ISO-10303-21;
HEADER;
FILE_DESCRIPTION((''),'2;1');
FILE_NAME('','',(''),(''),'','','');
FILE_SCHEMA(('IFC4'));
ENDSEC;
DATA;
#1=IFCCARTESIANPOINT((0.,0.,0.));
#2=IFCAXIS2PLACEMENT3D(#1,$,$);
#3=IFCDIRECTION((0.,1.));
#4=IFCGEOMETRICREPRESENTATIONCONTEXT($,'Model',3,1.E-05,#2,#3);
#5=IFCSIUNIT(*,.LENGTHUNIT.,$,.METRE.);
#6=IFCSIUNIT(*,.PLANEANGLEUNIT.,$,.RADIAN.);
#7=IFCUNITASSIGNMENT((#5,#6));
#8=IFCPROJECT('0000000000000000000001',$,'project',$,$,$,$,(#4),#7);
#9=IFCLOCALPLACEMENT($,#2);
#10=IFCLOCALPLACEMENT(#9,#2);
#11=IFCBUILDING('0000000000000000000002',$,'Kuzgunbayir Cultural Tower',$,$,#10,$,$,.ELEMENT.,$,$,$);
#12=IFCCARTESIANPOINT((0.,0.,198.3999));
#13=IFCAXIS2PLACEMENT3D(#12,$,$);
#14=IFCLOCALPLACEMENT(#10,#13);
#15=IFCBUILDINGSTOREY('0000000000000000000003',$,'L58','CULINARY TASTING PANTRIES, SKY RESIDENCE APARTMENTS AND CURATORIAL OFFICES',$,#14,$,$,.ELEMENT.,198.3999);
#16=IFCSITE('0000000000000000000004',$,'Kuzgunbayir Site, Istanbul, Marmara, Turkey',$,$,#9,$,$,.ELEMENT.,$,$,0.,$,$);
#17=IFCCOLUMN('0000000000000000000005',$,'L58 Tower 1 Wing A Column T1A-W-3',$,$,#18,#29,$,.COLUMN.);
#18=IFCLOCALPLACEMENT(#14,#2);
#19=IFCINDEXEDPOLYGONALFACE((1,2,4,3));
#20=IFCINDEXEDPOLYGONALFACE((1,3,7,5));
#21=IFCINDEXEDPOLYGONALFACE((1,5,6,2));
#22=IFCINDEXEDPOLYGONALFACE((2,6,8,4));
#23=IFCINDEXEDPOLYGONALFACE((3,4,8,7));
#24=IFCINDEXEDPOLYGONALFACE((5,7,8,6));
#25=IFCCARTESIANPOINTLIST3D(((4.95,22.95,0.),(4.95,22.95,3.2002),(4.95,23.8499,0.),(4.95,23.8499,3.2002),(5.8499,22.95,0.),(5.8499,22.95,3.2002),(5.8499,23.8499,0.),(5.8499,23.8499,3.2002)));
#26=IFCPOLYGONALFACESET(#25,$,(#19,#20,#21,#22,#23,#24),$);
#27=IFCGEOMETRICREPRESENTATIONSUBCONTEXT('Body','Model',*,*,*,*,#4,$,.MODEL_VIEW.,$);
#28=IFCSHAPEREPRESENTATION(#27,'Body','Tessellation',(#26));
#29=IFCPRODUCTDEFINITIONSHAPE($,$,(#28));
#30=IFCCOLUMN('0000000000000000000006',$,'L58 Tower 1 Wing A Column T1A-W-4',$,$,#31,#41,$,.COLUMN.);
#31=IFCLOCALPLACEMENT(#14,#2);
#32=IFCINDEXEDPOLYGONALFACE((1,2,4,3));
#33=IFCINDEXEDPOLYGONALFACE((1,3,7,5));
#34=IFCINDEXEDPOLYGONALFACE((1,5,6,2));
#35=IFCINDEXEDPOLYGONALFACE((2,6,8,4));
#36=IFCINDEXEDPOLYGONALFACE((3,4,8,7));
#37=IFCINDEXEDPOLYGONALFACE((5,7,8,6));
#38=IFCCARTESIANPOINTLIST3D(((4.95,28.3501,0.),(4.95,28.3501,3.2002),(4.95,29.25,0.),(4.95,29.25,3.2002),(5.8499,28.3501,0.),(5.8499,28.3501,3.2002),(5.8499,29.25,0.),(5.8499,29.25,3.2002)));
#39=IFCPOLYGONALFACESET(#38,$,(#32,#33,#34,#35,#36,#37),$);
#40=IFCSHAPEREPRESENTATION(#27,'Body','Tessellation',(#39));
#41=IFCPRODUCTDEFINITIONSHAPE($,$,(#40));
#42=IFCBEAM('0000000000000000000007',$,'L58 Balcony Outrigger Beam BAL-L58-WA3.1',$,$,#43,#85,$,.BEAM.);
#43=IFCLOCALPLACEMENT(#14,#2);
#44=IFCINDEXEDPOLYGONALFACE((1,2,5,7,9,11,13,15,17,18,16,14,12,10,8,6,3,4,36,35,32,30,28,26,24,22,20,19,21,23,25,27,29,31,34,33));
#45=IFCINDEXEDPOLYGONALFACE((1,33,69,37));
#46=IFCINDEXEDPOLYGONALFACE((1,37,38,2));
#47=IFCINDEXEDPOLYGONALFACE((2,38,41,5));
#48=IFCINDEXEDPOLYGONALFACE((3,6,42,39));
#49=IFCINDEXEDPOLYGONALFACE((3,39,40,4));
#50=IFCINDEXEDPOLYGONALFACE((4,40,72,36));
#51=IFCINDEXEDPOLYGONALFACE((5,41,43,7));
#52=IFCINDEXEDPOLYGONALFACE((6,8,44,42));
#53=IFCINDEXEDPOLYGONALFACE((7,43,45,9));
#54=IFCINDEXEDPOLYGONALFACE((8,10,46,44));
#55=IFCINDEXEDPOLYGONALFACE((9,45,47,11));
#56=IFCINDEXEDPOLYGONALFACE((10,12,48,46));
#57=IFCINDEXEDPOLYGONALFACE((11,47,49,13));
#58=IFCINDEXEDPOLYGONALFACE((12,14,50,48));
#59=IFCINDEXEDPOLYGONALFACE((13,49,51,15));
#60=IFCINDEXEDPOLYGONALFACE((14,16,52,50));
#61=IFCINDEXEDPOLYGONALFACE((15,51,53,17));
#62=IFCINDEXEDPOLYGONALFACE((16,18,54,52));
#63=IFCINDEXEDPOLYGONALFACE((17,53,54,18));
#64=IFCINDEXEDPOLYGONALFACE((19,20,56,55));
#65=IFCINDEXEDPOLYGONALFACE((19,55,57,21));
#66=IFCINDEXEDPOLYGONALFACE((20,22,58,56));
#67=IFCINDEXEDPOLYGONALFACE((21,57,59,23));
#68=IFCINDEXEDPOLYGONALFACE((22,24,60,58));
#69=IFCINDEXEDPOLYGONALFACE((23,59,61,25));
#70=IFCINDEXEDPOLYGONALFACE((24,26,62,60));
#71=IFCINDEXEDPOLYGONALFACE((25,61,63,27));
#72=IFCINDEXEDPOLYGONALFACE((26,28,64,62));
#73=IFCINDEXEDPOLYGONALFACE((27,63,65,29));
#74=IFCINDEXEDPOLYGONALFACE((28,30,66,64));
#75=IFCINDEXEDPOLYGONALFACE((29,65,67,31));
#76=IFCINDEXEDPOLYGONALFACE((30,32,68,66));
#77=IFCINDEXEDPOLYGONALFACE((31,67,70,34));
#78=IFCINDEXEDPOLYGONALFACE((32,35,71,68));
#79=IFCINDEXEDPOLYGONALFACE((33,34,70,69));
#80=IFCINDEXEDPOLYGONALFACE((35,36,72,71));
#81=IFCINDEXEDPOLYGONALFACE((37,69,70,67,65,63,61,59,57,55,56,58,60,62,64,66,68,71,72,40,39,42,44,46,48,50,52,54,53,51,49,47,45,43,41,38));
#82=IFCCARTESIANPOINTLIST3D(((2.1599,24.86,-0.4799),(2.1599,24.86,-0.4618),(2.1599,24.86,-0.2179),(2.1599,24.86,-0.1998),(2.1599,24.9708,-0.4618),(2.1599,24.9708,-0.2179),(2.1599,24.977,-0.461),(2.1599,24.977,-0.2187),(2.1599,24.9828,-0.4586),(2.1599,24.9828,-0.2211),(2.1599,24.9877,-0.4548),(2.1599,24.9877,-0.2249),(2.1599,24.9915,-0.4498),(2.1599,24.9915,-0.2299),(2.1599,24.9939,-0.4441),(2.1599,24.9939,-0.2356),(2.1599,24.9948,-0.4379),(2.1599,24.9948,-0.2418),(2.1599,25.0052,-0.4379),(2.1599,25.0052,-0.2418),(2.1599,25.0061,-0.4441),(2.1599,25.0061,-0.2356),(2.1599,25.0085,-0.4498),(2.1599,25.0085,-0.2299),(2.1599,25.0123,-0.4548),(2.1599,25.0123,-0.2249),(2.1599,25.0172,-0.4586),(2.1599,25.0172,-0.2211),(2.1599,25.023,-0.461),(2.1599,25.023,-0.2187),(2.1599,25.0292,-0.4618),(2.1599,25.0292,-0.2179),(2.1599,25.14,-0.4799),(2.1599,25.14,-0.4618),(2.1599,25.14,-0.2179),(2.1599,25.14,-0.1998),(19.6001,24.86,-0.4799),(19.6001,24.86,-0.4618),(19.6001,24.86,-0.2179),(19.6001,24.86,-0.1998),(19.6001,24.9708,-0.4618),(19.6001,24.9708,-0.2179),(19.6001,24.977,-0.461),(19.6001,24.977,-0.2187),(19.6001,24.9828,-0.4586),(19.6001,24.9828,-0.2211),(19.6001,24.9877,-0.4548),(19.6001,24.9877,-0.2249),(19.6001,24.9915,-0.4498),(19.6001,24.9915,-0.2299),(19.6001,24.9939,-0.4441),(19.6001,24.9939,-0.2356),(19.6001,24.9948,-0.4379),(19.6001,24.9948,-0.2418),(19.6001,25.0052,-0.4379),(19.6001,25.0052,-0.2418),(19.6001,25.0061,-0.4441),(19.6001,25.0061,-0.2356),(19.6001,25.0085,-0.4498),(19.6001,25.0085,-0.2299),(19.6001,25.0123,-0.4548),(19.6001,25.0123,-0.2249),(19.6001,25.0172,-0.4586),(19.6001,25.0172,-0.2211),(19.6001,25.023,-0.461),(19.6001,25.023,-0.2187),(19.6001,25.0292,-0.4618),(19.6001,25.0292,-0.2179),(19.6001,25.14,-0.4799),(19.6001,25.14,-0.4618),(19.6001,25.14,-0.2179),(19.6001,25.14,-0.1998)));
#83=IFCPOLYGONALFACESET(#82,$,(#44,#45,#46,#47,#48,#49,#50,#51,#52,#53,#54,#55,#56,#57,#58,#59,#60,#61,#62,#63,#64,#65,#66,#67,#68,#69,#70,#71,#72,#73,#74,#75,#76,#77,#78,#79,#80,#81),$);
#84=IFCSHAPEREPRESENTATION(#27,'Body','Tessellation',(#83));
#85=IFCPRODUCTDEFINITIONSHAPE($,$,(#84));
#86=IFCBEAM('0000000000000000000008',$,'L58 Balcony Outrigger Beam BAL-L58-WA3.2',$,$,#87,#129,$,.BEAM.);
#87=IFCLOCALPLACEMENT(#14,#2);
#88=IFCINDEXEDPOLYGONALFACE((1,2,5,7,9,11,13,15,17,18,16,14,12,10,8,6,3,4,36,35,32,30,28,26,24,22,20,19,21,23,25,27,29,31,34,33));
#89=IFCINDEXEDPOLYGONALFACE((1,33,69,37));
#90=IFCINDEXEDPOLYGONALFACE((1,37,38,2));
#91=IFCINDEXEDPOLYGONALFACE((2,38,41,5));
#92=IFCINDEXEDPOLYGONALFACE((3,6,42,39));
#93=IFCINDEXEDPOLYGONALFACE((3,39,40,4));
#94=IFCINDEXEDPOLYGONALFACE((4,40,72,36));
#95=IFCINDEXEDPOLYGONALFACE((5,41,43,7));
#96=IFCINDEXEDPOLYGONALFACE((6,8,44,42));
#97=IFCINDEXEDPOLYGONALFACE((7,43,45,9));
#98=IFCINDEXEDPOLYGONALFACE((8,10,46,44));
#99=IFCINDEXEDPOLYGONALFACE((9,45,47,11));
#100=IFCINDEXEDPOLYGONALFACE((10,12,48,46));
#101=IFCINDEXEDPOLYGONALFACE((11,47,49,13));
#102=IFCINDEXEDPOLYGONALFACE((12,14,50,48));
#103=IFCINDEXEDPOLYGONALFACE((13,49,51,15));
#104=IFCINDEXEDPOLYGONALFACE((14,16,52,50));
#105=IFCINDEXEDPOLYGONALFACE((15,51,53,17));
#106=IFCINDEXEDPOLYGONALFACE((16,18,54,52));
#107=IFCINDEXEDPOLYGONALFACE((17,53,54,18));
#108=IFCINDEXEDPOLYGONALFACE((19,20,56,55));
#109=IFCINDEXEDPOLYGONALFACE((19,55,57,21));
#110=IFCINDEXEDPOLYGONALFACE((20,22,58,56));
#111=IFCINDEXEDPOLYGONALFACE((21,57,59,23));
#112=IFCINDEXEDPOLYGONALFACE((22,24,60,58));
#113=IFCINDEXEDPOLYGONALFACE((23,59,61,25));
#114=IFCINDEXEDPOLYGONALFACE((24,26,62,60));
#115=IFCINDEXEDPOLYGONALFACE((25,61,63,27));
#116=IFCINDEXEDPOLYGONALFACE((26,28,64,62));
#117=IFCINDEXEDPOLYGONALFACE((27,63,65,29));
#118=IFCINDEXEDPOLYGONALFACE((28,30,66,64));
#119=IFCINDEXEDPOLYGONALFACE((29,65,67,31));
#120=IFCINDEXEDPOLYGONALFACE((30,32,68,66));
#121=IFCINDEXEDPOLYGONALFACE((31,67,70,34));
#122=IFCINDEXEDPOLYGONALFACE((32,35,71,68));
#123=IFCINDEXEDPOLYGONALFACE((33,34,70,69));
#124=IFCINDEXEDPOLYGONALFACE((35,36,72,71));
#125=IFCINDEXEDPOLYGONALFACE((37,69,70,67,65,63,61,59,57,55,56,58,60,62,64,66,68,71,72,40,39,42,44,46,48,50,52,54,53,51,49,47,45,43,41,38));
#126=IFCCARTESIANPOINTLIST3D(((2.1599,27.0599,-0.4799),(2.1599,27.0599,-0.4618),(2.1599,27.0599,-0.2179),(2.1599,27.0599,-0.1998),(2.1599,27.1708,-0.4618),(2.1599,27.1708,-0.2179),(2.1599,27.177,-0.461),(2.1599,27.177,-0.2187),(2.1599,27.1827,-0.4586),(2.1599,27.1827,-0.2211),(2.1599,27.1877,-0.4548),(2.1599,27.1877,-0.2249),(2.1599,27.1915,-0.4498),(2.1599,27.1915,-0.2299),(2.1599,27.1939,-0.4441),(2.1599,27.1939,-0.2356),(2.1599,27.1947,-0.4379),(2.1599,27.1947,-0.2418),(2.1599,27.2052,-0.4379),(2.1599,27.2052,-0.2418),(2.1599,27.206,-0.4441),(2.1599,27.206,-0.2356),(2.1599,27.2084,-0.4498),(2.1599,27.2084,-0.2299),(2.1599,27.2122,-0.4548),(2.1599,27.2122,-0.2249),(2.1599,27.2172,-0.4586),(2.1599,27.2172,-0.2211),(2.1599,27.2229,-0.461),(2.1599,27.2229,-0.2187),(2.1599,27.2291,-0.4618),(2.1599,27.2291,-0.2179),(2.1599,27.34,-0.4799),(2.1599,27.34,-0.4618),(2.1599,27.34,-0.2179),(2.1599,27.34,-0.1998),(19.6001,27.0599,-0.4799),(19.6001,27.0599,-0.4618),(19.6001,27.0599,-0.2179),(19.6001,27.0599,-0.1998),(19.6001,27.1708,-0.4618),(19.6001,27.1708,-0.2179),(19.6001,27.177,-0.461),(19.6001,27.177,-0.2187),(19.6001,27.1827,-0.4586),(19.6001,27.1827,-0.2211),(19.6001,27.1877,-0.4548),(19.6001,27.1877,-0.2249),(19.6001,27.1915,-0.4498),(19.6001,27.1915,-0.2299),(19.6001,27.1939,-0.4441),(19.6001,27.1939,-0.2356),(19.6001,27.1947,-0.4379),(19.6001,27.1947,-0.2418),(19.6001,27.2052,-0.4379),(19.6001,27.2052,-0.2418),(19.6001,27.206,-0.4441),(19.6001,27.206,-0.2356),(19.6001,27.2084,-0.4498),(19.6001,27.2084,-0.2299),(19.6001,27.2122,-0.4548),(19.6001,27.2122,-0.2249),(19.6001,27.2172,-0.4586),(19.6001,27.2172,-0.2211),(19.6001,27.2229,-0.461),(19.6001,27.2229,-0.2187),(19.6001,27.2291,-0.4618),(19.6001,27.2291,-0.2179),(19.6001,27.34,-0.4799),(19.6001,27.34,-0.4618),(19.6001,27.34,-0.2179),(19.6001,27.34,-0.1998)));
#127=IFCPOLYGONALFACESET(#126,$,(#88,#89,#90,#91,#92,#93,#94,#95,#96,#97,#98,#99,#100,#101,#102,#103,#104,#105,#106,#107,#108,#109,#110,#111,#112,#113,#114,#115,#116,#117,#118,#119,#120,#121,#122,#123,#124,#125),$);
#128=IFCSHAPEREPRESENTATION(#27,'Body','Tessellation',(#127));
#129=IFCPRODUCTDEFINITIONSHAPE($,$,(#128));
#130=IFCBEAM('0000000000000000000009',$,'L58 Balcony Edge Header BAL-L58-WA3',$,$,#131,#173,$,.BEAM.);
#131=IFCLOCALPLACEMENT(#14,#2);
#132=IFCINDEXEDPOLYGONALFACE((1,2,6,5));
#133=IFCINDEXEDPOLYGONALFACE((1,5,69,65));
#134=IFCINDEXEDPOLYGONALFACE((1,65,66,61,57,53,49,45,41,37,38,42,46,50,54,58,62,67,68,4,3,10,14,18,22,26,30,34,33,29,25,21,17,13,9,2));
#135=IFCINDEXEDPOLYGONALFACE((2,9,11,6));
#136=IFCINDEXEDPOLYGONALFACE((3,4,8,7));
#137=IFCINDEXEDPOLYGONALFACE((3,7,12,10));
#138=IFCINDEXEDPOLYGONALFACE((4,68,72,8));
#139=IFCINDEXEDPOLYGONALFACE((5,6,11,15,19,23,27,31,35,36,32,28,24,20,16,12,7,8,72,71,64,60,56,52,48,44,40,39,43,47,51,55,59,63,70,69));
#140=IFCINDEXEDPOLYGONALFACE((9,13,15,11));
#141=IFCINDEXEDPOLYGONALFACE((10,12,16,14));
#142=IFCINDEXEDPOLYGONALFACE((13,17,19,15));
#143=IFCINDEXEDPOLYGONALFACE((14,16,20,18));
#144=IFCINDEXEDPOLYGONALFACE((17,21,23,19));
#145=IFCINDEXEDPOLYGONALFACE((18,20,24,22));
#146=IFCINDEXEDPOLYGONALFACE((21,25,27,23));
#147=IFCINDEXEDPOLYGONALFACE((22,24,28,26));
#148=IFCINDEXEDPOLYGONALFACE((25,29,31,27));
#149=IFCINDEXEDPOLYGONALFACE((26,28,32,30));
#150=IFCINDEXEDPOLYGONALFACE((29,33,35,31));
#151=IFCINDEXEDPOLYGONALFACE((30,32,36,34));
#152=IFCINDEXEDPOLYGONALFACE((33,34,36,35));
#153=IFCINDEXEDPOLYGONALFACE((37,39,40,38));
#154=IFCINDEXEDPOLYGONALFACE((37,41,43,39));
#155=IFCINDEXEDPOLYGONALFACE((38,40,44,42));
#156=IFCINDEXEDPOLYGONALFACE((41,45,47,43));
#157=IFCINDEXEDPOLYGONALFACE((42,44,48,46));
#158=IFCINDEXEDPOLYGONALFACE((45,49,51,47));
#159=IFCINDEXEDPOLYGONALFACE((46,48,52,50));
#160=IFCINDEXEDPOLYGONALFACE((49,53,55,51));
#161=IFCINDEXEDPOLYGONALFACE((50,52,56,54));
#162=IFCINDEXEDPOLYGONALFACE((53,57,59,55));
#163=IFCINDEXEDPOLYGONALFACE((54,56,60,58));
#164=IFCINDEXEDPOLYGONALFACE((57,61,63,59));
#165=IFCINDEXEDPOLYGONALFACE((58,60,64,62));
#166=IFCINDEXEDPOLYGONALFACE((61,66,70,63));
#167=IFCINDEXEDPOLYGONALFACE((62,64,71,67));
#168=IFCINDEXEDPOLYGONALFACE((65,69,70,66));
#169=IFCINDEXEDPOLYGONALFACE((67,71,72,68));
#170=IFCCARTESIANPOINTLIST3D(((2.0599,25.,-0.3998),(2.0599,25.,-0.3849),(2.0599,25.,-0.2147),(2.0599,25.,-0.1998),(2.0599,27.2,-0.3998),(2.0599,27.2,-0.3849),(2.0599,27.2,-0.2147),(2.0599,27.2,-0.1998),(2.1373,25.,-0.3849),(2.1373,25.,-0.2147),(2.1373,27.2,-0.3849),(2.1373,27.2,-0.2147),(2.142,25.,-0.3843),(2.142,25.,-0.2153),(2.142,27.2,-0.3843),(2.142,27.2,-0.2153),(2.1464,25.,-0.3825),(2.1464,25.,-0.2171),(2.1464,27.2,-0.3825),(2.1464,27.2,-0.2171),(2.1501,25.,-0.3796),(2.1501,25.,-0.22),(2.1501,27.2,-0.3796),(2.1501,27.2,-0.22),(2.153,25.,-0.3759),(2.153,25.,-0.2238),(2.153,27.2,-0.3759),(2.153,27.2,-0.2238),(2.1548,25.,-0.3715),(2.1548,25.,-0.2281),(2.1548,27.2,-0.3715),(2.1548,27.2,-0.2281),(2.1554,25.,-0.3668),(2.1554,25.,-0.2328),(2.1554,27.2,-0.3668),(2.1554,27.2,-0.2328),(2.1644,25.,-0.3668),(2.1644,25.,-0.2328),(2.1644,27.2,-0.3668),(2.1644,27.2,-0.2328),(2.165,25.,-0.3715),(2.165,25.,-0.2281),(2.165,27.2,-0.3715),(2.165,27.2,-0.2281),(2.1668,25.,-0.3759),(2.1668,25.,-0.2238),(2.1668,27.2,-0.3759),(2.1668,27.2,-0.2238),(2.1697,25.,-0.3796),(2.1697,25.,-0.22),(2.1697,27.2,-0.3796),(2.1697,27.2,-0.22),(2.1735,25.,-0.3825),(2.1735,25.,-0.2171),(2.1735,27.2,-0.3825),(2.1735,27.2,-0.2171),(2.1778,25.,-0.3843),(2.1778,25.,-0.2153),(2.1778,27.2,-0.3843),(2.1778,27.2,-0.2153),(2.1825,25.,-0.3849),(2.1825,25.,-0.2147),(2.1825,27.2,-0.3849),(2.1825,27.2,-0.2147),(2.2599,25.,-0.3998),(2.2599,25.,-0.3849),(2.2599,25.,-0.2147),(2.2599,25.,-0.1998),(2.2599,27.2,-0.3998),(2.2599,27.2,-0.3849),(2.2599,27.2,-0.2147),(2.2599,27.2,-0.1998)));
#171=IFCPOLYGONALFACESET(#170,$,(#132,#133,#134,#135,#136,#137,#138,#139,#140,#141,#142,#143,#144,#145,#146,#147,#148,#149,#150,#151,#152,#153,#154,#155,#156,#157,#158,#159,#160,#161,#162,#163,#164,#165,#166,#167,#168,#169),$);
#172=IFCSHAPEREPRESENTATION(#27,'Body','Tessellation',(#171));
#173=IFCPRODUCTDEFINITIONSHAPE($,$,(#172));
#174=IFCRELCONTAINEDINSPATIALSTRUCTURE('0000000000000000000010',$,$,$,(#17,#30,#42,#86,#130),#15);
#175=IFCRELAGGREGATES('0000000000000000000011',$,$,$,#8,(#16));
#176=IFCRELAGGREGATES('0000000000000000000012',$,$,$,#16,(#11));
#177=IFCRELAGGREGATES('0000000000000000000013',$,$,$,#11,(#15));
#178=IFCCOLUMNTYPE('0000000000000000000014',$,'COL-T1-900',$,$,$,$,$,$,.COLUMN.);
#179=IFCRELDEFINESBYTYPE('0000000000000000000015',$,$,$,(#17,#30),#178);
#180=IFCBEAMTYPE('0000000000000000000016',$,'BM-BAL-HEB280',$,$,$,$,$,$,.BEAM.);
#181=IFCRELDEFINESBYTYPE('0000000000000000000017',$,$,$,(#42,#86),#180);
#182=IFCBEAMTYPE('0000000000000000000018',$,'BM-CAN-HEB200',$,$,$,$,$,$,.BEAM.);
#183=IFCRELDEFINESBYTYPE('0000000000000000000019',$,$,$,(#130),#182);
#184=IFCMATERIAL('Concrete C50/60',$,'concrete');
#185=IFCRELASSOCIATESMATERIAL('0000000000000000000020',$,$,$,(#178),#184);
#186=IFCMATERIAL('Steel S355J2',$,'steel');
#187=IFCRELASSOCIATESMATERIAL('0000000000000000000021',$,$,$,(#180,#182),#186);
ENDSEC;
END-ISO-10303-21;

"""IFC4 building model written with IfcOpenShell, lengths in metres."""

from ifc_helpers import new_model, si_unit, direction, frame, origin, origin_2d, place, context, subcontext, project, spatial, rectangle, i_section, extrude, material, material_profile, profile_set, type_object, element, save


model = new_model("IFC4")

# Units and contexts
model_context = context("Model", 3, precision=1e-05, world=origin(), true_north=direction((0.0, 1.0)))
body_context = subcontext(model_context, "Body", "Model", "MODEL_VIEW")
ifc_project = project(units=[si_unit("LENGTHUNIT", "METRE"), si_unit("PLANEANGLEUNIT", "RADIAN")], contexts=[model_context])

# Site, building, storey
site_placement = place(None, origin())
site = spatial("IfcSite", under=ifc_project, at=site_placement, Name="Kuzgunbayir Site, Istanbul, Marmara, Turkey", CompositionType="ELEMENT", RefElevation=0.0)
building_placement = place(site_placement, origin())
building = spatial("IfcBuilding", under=site, at=building_placement, Name="Kuzgunbayir Cultural Tower", CompositionType="ELEMENT")
storey_placement = place(building_placement, frame((0.0, 0.0, 198.3999)))
storey = spatial("IfcBuildingStorey", under=building, at=storey_placement, Name="L58", Description="CULINARY TASTING PANTRIES, SKY RESIDENCE APARTMENTS AND CURATORIAL OFFICES", CompositionType="ELEMENT", Elevation=198.3999)

# Columns
ifc_material_1 = material(Name="Concrete C50/60", Category="concrete")
ifc_material_profile_1 = material_profile(ifc_material_1, rectangle(XDim=0.8999, YDim=0.8999, at=origin_2d()), Name="RC 900x900")
ifc_profile_set_1 = profile_set([ifc_material_profile_1], Name="Concrete C50/60")
column_type = type_object("IfcColumnType", Name="COL-T1-900", PredefinedType="COLUMN", material=ifc_profile_set_1)
for number, where, z_axis, x_axis, name in (
    (1, (5.3999, 23.3999, 0.0), (0.0, 0.0, 1.0), (1.0, 0.0, 0.0), "L58 Tower 1 Wing A Column T1A-W-3"),
    (2, (5.3999, 28.8, 0.0), (0.0, 0.0, 1.0), (1.0, 0.0, 0.0), "L58 Tower 1 Wing A Column T1A-W-4"),
):
    element("IfcColumn", number, at=place(storey_placement, frame(where, z_axis=z_axis, x_axis=x_axis)), inside=storey, type_object=column_type, Name=name, PredefinedType="COLUMN", context=body_context, shape_type="SweptSolid", body=[
        extrude(rectangle(XDim=0.8999, YDim=0.8999, at=origin_2d()), origin(), (0.0, 0.0, 1.0), 3.2002),
    ])

# Beams
ifc_material_2 = material(Name="Steel S355J2", Category="steel")
ifc_material_profile_2 = material_profile(ifc_material_2, i_section(OverallWidth=0.28, OverallDepth=0.28, WebThickness=0.0105, FlangeThickness=0.0181, FilletRadius=0.0239, at=origin_2d()), Name="HEB 280")
ifc_profile_set_2 = profile_set([ifc_material_profile_2], Name="Steel S355J2")
beam_type_1 = type_object("IfcBeamType", Name="BM-BAL-HEB280", PredefinedType="BEAM", material=ifc_profile_set_2)
for number, where, z_axis, x_axis, name in (
    (3, (2.1599, 25.0, -0.3398), (1.0, 0.0, 0.0), (0.0, 1.0, 0.0), "L58 Balcony Outrigger Beam BAL-L58-WA3.1"),
    (4, (2.1599, 27.2, -0.3398), (1.0, 0.0, 0.0), (0.0, 1.0, 0.0), "L58 Balcony Outrigger Beam BAL-L58-WA3.2"),
):
    element("IfcBeam", number, at=place(storey_placement, frame(where, z_axis=z_axis, x_axis=x_axis)), inside=storey, type_object=beam_type_1, Name=name, PredefinedType="BEAM", context=body_context, shape_type="SweptSolid", body=[
        extrude(i_section(OverallWidth=0.28, OverallDepth=0.28, WebThickness=0.0105, FlangeThickness=0.0181, FilletRadius=0.0239, at=origin_2d()), origin(), (0.0, 0.0, 1.0), 17.4402),
    ])
ifc_material_profile_3 = material_profile(ifc_material_2, i_section(OverallWidth=0.2, OverallDepth=0.2, WebThickness=0.009, FlangeThickness=0.0149, FilletRadius=0.0181, at=origin_2d()), Name="HEB 200")
ifc_profile_set_3 = profile_set([ifc_material_profile_3], Name="Steel S355J2")
beam_type_2 = type_object("IfcBeamType", Name="BM-CAN-HEB200", PredefinedType="BEAM", material=ifc_profile_set_3)
beam_1_placement = place(storey_placement, frame((2.1599, 25.0, -0.2998), z_axis=(0.0, 1.0, 0.0), x_axis=(-1.0, 0.0, 0.0)))
element("IfcBeam", 5, at=beam_1_placement, inside=storey, type_object=beam_type_2, Name="L58 Balcony Edge Header BAL-L58-WA3", PredefinedType="BEAM", context=body_context, shape_type="SweptSolid", body=[
    extrude(i_section(OverallWidth=0.2, OverallDepth=0.2, WebThickness=0.009, FlangeThickness=0.0149, FilletRadius=0.0181, at=origin_2d()), origin(), (0.0, 0.0, 1.0), 2.2),
])

save(model, "model.ifc")
